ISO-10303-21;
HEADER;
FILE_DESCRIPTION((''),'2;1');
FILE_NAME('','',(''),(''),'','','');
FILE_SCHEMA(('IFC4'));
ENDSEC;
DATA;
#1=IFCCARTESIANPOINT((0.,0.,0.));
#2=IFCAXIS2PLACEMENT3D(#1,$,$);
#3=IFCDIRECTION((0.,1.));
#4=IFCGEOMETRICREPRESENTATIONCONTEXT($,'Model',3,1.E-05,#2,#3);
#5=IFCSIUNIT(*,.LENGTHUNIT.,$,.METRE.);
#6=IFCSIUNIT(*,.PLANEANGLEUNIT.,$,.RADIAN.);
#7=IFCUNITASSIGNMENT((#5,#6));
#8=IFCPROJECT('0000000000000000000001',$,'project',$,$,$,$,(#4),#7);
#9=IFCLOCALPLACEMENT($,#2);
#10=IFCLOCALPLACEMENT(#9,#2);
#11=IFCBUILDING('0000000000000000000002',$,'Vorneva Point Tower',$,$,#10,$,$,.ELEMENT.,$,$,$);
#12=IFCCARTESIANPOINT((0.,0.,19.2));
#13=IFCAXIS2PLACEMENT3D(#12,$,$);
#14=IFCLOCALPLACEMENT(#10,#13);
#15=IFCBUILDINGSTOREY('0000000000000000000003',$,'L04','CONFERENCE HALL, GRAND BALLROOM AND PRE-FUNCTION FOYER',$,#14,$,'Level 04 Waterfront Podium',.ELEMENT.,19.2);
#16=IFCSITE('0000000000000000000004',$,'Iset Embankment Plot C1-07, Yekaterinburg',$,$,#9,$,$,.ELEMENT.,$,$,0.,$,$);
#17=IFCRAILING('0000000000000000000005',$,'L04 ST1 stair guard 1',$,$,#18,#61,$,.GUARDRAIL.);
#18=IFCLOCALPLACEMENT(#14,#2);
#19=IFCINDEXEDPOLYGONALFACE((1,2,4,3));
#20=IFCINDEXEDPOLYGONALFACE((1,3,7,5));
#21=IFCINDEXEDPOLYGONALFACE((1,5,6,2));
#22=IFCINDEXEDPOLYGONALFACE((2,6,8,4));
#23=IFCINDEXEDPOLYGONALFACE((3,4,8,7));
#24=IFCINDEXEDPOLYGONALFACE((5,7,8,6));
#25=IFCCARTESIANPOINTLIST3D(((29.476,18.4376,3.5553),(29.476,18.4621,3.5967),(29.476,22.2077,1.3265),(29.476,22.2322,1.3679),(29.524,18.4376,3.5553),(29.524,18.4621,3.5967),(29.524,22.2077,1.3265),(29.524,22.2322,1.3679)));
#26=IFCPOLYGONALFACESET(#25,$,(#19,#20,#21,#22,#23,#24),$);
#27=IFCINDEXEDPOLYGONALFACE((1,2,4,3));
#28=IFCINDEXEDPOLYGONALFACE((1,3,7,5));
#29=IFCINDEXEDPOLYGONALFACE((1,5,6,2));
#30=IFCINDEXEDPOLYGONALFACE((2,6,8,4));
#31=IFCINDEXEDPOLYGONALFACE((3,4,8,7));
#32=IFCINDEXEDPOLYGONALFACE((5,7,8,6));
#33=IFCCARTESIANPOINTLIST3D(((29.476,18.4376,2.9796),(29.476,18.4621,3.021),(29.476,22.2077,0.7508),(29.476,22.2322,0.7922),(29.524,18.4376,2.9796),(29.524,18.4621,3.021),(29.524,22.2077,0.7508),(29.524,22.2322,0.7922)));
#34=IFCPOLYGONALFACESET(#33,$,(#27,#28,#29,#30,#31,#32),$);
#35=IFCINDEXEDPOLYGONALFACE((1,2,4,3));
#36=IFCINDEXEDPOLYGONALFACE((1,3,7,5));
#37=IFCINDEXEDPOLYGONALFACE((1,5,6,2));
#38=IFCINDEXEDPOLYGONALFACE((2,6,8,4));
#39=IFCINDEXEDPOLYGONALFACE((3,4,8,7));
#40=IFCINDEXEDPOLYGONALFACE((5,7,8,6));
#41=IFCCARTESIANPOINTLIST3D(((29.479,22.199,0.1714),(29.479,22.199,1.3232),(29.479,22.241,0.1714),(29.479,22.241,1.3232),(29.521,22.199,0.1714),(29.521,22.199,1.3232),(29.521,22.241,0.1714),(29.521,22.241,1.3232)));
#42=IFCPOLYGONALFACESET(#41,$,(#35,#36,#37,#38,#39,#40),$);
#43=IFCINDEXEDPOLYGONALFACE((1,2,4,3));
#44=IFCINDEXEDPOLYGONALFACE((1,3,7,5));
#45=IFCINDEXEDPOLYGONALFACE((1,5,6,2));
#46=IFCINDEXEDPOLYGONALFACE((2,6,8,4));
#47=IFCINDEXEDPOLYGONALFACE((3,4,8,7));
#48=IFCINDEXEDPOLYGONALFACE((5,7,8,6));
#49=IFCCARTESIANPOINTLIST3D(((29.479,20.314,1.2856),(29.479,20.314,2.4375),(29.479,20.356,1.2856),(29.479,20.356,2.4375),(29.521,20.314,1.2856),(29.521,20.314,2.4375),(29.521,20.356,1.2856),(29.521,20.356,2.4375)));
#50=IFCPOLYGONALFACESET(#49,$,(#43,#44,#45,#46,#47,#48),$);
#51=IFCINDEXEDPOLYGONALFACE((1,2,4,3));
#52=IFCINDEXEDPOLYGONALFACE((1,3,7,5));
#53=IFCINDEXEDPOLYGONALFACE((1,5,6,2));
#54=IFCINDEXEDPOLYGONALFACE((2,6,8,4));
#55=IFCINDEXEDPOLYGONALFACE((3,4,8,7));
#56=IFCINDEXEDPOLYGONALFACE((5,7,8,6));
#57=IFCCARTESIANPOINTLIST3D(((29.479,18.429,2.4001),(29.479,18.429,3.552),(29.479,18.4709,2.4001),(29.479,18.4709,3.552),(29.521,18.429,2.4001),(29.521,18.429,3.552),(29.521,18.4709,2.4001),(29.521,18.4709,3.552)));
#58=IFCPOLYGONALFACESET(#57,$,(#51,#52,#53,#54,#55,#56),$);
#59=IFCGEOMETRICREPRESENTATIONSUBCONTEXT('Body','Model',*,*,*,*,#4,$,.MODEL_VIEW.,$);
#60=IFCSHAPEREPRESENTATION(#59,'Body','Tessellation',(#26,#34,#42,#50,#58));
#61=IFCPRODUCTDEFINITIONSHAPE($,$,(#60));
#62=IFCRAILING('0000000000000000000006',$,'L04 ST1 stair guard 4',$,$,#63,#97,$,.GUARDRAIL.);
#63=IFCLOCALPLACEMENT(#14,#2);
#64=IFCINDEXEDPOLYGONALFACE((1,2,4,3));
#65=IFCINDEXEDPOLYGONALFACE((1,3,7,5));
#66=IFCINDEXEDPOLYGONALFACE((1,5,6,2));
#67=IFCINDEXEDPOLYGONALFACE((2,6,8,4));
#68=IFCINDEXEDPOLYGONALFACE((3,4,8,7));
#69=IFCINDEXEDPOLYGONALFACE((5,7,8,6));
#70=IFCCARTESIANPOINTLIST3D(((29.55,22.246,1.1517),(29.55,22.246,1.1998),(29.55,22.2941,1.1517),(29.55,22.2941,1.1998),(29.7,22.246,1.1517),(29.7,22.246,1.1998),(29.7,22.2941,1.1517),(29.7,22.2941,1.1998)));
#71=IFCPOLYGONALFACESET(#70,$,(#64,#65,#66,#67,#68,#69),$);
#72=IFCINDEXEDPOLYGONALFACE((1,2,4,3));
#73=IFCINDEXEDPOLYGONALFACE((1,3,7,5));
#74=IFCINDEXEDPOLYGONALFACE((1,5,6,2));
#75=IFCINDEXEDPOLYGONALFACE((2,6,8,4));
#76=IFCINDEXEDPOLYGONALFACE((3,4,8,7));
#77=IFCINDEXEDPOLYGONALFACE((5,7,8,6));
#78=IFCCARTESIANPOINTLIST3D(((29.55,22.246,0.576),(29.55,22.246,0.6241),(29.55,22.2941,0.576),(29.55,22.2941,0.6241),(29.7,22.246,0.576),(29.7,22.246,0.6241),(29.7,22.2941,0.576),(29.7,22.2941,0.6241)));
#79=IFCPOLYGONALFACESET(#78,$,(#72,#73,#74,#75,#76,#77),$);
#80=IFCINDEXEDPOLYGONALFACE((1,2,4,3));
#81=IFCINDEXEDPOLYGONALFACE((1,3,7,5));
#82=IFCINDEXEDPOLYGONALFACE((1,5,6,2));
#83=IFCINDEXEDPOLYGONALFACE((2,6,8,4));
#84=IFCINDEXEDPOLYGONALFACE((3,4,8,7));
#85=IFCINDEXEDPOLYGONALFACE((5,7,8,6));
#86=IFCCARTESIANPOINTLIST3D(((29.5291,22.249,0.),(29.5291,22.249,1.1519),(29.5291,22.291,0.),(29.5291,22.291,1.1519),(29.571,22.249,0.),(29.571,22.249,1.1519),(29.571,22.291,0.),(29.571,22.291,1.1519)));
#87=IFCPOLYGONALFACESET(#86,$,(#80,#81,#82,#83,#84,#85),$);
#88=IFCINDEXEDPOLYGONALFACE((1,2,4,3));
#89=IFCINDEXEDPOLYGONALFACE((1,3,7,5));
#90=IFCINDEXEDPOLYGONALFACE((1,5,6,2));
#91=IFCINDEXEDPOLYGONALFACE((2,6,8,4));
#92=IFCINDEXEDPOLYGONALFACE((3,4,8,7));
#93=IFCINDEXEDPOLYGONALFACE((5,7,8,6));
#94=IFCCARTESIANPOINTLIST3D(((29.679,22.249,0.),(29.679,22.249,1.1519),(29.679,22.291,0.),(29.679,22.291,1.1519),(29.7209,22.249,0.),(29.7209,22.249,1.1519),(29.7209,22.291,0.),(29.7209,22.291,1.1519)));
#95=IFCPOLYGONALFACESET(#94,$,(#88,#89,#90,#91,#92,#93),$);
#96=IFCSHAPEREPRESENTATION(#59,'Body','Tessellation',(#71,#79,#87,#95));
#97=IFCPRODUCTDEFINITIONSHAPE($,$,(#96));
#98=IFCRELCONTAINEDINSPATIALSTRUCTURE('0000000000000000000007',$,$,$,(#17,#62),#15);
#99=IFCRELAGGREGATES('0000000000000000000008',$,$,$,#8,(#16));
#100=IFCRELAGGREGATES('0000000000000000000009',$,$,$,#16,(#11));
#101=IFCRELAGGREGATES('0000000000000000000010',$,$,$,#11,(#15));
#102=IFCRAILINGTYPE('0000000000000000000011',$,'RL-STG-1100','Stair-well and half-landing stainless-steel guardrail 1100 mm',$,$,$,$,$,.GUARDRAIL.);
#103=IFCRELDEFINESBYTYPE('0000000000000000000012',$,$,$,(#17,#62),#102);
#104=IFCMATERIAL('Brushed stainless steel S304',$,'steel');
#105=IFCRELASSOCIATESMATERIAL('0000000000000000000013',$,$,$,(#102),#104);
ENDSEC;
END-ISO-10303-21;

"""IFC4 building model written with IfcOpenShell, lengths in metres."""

from ifc_helpers import new_model, si_unit, direction, frame, origin, origin_2d, place, context, subcontext, project, spatial, rectangle, extrude, material, type_object, element, save


model = new_model("IFC4")

# Units and contexts
model_context = context("Model", 3, precision=1e-05, world=origin(), true_north=direction((0.0, 1.0)))
body_context = subcontext(model_context, "Body", "Model", "MODEL_VIEW")
ifc_project = project(units=[si_unit("LENGTHUNIT", "METRE"), si_unit("PLANEANGLEUNIT", "RADIAN")], contexts=[model_context])

# Site, building, storey
site_placement = place(None, origin())
site = spatial("IfcSite", under=ifc_project, at=site_placement, Name="Iset Embankment Plot C1-07, Yekaterinburg", CompositionType="ELEMENT", RefElevation=0.0)
building_placement = place(site_placement, origin())
building = spatial("IfcBuilding", under=site, at=building_placement, Name="Vorneva Point Tower", CompositionType="ELEMENT")
storey_placement = place(building_placement, frame((0.0, 0.0, 19.2)))
storey = spatial("IfcBuildingStorey", under=building, at=storey_placement, Name="L04", Description="CONFERENCE HALL, GRAND BALLROOM AND PRE-FUNCTION FOYER", LongName="Level 04 Waterfront Podium", CompositionType="ELEMENT", Elevation=19.2)

# Railings
ifc_material_1 = material(Name="Brushed stainless steel S304", Category="steel")
railing_type_1 = type_object("IfcRailingType", Name="RL-STG-1100", Description="Stair-well and half-landing stainless-steel guardrail 1100 mm", PredefinedType="GUARDRAIL", material=ifc_material_1)
railing_1_placement = place(storey_placement, frame((29.5, 22.22, 0.1714)))
element("IfcRailing", 1, at=railing_1_placement, inside=storey, type_object=railing_type_1, Name="L04 ST1 stair guard 1", PredefinedType="GUARDRAIL", context=body_context, shape_type="SweptSolid", body=[
    extrude(rectangle(XDim=0.0481, YDim=0.0481, at=origin_2d()), frame((0.0, 0.0, 1.1758), z_axis=(0.0, -0.860824, 0.508902), x_axis=(1.0, 0.0, 0.0)), (0.0, 0.0, 1.0), 4.3796),
    extrude(rectangle(XDim=0.0481, YDim=0.0481, at=origin_2d()), frame((0.0, 0.0, 0.6001), z_axis=(0.0, -0.860824, 0.508902), x_axis=(1.0, 0.0, 0.0)), (0.0, 0.0, 1.0), 4.3796),
    extrude(rectangle(XDim=0.042, YDim=0.042, at=origin_2d()), origin(), (0.0, 0.0, 1.0), 1.1519),
    extrude(rectangle(XDim=0.042, YDim=0.042, at=origin_2d()), frame((0.0, -1.885, 1.1143)), (0.0, 0.0, 1.0), 1.1519),
    extrude(rectangle(XDim=0.042, YDim=0.042, at=origin_2d()), frame((0.0, -3.77, 2.2288)), (0.0, 0.0, 1.0), 1.1519),
])
railing_2_placement = place(storey_placement, frame((29.55, 22.27, 0.0)))
element("IfcRailing", 2, at=railing_2_placement, inside=storey, type_object=railing_type_1, Name="L04 ST1 stair guard 4", PredefinedType="GUARDRAIL", context=body_context, shape_type="SweptSolid", body=[
    extrude(rectangle(XDim=0.0481, YDim=0.0481, at=origin_2d()), frame((0.0, 0.0, 1.1758), z_axis=(1.0, 0.0, 0.0), x_axis=(0.0, 1.0, 0.0)), (0.0, 0.0, 1.0), 0.1499),
    extrude(rectangle(XDim=0.0481, YDim=0.0481, at=origin_2d()), frame((0.0, 0.0, 0.6001), z_axis=(1.0, 0.0, 0.0), x_axis=(0.0, 1.0, 0.0)), (0.0, 0.0, 1.0), 0.1499),
    extrude(rectangle(XDim=0.042, YDim=0.042, at=origin_2d()), origin(), (0.0, 0.0, 1.0), 1.1519),
    extrude(rectangle(XDim=0.042, YDim=0.042, at=origin_2d()), frame((0.1499, 0.0, 0.0)), (0.0, 0.0, 1.0), 1.1519),
])

save(model, "model.ifc")
